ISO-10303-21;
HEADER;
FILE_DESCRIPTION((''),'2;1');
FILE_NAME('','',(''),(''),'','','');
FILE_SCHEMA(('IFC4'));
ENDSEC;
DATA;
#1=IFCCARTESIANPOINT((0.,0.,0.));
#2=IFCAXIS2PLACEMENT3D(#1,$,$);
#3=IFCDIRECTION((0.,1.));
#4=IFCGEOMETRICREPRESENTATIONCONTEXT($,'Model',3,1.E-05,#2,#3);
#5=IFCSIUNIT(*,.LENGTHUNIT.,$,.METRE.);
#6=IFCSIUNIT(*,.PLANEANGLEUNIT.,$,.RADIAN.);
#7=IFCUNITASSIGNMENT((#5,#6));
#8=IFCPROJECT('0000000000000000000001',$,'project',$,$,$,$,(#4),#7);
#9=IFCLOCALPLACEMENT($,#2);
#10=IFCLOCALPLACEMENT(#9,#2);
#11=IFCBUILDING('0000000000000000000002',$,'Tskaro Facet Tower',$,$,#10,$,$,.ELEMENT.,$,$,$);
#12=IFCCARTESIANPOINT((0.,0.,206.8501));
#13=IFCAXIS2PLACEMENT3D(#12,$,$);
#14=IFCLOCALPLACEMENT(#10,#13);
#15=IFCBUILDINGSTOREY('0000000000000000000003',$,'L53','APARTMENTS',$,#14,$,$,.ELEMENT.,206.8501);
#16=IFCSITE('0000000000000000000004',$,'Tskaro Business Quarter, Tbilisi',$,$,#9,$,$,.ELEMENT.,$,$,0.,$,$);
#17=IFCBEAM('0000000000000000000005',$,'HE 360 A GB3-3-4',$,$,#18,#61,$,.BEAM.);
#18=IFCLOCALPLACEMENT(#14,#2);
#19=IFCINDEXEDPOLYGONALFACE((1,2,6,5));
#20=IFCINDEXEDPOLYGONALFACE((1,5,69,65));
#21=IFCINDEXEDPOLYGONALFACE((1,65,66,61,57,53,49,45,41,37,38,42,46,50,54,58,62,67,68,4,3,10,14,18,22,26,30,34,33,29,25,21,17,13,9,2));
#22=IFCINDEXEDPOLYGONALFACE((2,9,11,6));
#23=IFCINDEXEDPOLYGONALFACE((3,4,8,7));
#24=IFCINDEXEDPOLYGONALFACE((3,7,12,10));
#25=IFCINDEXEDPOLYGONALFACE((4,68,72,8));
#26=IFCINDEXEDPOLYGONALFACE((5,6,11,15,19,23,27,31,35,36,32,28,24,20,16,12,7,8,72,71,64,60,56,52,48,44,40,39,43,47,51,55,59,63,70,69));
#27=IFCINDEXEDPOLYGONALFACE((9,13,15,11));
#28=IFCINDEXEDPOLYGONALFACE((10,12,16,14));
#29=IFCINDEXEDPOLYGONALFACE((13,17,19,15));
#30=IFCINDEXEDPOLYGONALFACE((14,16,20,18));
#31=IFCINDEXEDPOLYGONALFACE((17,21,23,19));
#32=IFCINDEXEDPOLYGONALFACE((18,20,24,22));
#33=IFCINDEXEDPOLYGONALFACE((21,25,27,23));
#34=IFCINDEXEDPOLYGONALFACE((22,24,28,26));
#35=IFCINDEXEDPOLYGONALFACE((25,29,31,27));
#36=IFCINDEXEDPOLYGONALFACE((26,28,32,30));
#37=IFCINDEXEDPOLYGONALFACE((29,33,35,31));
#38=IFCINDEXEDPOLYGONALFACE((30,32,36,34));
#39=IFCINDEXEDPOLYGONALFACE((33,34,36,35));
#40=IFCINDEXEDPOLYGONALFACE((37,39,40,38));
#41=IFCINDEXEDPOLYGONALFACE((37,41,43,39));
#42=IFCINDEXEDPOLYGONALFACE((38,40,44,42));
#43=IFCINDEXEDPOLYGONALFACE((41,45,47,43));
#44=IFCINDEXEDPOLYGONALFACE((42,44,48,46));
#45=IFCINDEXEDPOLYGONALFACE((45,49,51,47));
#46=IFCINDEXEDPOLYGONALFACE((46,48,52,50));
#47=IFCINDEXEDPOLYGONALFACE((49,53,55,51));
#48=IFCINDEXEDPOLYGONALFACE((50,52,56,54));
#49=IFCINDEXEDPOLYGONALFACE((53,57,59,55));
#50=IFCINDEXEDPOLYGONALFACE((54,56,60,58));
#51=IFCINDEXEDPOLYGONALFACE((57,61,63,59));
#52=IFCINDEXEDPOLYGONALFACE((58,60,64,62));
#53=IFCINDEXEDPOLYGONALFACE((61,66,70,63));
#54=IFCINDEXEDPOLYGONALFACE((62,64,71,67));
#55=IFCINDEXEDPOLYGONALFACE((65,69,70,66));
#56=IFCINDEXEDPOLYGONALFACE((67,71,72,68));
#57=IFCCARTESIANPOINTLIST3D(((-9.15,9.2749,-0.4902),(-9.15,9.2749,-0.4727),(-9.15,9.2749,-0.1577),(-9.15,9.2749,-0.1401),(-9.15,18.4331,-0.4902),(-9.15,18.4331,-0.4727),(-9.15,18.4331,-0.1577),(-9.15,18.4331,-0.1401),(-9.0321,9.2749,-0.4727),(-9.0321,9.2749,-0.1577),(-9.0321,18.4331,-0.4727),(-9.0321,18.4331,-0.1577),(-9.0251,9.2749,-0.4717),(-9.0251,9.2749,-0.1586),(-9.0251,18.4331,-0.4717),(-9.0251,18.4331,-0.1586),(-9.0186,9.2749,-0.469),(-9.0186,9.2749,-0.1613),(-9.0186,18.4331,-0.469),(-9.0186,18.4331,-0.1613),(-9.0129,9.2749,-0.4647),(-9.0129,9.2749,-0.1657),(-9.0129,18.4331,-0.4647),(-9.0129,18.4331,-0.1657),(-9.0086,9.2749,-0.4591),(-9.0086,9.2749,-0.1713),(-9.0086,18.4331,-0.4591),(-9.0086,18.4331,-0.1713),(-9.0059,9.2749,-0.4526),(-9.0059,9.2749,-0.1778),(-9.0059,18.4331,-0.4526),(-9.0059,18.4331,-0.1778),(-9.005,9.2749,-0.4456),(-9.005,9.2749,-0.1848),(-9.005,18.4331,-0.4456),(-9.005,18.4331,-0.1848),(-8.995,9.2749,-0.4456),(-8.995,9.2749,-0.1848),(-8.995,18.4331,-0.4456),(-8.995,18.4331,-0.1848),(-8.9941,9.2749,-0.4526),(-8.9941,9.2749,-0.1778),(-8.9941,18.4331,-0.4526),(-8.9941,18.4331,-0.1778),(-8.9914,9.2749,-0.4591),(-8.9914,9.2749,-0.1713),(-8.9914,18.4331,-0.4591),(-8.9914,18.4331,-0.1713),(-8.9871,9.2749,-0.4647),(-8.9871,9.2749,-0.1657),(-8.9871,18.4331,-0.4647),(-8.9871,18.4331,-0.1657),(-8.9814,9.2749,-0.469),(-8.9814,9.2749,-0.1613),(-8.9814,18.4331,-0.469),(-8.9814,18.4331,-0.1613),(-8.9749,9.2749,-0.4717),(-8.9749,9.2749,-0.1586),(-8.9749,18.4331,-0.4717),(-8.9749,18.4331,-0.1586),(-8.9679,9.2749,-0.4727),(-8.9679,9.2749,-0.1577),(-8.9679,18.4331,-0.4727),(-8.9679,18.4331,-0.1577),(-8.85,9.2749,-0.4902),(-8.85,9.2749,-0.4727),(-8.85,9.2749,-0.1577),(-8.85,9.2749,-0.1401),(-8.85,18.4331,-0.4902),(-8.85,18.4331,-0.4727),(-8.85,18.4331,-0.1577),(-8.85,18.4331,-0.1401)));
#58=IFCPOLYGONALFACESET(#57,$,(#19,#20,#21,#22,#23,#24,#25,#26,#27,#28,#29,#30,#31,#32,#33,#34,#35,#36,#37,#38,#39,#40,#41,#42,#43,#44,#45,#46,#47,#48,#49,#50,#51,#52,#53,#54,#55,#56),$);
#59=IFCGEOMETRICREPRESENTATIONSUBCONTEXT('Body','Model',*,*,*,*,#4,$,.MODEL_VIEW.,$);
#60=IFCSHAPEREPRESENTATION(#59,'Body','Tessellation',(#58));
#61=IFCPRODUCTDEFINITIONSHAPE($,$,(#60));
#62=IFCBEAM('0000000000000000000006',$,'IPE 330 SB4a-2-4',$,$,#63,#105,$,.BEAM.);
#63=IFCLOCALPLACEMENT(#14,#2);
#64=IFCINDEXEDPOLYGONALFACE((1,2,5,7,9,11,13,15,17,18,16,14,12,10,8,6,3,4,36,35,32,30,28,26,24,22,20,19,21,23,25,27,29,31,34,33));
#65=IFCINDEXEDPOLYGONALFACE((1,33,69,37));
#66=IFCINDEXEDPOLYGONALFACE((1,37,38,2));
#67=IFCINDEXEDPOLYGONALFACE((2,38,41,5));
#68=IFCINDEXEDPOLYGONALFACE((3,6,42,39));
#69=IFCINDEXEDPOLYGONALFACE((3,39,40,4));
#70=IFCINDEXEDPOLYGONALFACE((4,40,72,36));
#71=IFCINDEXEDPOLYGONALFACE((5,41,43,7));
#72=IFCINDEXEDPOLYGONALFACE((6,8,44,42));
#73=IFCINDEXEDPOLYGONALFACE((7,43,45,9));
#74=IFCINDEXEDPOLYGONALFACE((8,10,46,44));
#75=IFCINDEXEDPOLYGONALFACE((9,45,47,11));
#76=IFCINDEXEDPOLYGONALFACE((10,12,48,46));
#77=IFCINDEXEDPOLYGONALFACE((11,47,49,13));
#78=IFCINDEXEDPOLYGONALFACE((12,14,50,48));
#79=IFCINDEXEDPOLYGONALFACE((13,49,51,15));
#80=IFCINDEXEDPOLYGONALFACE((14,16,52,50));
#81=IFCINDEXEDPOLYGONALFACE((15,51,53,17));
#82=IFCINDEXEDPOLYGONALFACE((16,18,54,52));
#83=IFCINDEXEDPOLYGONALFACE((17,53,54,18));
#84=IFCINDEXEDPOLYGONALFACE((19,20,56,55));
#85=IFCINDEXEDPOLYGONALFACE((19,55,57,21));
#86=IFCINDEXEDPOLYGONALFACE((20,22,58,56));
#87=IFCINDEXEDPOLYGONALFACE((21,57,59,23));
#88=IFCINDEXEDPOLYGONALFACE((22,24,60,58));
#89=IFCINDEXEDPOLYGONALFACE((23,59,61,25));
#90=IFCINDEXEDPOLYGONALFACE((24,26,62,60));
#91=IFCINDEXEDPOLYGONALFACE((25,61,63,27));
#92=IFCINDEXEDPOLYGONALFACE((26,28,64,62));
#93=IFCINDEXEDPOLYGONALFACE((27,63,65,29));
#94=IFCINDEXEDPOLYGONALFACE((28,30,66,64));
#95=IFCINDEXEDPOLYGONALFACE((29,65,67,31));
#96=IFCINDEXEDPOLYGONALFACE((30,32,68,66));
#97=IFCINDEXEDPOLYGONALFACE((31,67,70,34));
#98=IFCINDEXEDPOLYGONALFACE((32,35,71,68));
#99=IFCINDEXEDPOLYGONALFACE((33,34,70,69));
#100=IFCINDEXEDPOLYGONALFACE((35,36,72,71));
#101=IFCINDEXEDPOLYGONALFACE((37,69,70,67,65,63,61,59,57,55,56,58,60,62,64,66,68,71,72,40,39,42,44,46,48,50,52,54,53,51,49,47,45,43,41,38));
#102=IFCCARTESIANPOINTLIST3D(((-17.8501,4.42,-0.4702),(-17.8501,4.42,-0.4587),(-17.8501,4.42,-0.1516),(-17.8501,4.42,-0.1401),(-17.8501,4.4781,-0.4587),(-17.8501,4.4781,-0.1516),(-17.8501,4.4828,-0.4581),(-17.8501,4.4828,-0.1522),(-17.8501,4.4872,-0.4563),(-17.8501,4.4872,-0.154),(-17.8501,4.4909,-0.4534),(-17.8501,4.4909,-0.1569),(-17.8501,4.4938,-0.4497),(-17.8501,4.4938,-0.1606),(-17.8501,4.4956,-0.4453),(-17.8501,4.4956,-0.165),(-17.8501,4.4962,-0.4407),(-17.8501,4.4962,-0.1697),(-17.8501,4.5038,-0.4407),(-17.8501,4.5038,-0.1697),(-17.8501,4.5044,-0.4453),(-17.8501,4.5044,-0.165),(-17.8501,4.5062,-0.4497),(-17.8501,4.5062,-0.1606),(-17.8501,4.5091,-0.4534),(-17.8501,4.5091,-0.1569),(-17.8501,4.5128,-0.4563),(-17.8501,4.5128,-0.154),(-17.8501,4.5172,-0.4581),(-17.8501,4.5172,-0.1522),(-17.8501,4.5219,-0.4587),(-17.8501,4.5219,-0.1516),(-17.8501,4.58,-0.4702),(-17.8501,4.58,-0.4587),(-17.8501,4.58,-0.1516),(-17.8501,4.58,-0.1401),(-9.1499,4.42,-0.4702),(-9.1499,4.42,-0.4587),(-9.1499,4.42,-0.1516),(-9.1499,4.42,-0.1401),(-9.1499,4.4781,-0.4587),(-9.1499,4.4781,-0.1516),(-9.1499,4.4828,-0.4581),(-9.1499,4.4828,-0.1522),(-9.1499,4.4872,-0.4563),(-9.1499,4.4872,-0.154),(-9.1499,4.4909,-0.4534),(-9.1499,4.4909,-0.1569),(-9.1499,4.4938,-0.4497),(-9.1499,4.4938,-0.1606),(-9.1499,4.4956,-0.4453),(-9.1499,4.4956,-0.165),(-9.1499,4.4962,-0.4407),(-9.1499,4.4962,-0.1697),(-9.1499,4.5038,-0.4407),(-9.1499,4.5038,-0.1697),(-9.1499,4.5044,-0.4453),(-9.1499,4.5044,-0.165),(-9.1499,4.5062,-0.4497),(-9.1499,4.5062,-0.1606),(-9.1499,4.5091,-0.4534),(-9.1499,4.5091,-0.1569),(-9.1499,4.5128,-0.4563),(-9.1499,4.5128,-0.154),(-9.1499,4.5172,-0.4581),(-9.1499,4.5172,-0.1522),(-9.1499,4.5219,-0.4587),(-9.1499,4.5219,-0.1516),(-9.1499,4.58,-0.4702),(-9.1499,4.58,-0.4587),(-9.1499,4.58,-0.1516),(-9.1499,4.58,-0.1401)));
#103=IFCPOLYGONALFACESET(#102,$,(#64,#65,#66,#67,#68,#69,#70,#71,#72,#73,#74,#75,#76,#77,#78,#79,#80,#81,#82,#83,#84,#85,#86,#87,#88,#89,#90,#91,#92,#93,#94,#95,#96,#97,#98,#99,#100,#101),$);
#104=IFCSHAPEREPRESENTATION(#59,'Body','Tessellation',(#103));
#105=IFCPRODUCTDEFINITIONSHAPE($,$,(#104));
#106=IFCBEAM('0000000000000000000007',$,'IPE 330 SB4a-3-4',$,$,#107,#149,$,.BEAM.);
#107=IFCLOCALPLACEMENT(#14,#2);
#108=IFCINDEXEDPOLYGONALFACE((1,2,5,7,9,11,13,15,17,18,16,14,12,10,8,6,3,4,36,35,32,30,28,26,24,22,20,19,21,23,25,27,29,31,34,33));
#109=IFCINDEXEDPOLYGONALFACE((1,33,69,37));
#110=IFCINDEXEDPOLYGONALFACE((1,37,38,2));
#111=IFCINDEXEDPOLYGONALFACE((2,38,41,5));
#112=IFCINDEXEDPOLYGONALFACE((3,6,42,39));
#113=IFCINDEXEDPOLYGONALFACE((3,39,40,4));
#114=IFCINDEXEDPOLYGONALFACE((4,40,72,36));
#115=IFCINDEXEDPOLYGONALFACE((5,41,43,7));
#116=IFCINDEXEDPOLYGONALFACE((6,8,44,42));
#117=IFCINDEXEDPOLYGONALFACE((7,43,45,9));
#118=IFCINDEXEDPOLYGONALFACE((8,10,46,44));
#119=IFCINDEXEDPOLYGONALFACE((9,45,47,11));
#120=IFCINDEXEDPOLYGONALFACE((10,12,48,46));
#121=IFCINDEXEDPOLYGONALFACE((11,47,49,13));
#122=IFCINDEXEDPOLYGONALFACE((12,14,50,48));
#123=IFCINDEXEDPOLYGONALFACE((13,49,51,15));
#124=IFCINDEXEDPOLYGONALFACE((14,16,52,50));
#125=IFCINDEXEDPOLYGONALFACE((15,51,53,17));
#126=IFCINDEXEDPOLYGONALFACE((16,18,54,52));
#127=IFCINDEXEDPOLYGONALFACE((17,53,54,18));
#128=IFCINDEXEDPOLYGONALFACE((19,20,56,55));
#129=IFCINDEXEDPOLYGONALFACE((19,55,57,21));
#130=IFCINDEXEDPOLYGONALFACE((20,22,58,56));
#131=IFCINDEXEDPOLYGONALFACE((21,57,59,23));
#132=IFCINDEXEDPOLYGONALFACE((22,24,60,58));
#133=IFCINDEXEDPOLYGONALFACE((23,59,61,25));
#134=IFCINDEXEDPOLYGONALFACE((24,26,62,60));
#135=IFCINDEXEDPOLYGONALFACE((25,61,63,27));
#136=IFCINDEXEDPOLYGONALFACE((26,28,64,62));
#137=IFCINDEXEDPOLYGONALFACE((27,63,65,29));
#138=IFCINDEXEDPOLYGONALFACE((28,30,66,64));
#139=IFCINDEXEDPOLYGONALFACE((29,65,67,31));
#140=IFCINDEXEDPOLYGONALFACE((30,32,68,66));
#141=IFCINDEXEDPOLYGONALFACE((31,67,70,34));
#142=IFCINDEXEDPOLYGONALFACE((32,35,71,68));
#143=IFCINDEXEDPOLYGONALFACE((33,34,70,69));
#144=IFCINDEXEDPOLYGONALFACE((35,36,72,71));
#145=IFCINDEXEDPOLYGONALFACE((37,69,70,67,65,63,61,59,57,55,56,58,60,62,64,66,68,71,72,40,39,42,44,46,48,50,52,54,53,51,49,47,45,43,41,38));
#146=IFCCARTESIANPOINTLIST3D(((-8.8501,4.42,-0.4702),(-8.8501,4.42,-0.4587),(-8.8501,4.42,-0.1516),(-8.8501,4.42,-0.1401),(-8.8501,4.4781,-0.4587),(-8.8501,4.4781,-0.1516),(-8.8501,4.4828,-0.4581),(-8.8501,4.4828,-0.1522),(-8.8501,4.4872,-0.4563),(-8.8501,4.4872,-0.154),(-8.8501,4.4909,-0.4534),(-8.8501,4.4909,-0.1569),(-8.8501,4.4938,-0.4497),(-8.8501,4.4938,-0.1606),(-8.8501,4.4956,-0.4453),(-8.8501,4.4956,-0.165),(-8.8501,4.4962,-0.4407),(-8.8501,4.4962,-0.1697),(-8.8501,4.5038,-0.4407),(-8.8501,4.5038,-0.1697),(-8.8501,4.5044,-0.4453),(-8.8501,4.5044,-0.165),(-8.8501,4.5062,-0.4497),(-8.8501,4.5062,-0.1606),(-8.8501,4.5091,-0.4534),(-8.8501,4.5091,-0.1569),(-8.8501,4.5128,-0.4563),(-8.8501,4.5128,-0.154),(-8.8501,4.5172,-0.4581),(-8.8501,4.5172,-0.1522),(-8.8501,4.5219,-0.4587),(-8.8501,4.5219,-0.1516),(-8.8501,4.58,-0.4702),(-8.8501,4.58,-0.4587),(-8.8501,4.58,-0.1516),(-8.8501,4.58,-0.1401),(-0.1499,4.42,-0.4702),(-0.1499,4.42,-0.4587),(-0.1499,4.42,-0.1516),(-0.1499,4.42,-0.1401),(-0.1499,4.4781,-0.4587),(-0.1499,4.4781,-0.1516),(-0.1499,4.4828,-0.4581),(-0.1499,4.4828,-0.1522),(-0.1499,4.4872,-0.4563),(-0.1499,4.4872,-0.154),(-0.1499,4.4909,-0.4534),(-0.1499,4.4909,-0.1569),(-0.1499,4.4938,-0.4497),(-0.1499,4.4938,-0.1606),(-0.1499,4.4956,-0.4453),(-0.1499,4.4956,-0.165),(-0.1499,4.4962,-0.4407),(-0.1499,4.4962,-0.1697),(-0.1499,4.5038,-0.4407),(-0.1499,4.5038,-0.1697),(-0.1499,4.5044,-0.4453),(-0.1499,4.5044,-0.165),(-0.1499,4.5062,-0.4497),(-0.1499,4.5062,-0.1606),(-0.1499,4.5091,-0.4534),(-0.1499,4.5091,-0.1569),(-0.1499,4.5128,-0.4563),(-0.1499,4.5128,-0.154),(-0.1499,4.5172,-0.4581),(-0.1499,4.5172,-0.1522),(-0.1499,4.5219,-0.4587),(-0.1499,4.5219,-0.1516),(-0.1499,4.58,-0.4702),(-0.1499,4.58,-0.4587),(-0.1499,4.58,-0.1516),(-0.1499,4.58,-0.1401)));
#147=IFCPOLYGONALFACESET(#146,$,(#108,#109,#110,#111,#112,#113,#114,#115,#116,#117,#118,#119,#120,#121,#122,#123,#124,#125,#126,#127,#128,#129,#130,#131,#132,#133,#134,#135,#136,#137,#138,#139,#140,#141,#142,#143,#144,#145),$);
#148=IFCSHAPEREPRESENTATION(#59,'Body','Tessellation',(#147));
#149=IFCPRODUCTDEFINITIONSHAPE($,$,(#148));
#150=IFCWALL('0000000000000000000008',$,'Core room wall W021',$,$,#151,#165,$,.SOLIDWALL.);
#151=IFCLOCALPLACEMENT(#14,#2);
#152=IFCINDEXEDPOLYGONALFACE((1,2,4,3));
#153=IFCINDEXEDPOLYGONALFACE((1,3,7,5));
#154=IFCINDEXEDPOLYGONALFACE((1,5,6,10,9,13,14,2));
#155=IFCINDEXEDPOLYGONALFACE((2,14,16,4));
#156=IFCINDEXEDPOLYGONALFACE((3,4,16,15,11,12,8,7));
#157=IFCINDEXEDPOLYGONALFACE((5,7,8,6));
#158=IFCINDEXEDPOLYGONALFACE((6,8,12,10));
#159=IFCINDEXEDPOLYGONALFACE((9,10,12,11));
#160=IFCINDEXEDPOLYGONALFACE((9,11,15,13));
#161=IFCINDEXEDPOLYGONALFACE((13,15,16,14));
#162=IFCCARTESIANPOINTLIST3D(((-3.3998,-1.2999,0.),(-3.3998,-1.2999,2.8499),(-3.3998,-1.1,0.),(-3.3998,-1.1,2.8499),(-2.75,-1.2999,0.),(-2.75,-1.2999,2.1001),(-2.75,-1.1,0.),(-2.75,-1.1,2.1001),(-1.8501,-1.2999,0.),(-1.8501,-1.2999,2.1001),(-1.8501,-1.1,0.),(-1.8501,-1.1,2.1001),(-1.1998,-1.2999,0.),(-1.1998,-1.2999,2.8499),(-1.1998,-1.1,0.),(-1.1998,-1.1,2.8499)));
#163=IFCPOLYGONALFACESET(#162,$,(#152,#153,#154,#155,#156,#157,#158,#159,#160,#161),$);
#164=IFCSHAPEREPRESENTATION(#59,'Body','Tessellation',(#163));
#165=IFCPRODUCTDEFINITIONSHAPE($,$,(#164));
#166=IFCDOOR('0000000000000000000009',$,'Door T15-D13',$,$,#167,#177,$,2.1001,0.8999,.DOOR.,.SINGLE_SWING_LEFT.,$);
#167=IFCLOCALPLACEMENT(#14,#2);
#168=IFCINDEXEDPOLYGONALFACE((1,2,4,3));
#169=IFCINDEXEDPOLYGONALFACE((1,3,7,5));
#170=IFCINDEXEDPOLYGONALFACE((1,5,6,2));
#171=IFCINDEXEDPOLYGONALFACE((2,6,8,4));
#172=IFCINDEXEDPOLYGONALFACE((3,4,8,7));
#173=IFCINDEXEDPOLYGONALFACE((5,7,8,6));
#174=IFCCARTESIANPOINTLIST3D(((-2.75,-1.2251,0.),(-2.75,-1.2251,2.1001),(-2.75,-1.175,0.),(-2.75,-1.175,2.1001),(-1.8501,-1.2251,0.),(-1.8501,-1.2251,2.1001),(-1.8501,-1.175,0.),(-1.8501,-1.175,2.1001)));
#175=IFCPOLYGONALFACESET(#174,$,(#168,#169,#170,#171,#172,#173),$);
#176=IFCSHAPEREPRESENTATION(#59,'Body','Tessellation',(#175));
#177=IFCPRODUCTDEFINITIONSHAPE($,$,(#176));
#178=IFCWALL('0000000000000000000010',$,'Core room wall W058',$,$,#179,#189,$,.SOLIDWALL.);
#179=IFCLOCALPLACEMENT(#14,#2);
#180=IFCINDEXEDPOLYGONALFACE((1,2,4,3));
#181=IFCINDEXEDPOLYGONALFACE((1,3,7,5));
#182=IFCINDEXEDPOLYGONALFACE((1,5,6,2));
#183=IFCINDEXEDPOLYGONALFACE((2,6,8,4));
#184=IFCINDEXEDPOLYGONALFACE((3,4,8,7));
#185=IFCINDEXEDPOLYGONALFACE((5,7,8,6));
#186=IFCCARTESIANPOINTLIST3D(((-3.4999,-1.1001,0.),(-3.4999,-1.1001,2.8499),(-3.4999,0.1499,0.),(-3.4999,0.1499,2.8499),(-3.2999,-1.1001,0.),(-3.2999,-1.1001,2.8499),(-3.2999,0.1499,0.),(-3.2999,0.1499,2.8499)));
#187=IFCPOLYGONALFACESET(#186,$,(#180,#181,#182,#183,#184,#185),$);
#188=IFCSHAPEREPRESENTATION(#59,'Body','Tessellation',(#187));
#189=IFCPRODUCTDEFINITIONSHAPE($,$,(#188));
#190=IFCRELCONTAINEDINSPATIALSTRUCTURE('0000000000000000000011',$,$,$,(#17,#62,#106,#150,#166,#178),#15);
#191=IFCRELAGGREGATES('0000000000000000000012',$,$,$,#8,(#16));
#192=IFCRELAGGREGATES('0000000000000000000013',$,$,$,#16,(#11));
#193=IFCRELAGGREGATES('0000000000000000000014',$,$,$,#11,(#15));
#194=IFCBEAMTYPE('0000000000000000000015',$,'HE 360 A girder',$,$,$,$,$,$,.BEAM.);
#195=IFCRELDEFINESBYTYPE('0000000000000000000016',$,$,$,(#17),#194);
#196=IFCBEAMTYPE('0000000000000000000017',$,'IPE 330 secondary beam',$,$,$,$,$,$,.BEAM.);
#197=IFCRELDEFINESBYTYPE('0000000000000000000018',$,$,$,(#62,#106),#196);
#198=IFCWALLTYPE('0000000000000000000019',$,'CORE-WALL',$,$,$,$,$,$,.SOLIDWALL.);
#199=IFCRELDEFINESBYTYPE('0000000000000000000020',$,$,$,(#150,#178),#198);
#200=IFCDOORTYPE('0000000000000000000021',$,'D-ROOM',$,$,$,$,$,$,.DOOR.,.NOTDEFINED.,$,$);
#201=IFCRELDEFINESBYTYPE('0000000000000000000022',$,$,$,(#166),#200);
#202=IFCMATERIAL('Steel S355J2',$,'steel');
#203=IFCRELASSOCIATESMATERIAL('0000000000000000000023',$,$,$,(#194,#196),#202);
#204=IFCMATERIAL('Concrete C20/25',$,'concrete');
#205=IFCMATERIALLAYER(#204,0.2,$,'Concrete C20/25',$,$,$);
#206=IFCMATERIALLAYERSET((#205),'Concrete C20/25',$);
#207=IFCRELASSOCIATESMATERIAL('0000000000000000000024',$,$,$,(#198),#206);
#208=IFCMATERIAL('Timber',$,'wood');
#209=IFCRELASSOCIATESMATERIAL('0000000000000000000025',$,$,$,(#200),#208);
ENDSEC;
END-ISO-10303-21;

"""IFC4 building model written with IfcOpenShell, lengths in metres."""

from ifc_helpers import new_model, si_unit, direction, frame, frame_2d, origin, origin_2d, place, context, subcontext, project, spatial, rectangle, i_section, extrude, material, layer, layer_set, material_profile, profile_set, type_object, element, fill, save


model = new_model("IFC4")

# Units and contexts
model_context = context("Model", 3, precision=1e-05, world=origin(), true_north=direction((0.0, 1.0)))
body_context = subcontext(model_context, "Body", "Model", "MODEL_VIEW")
ifc_project = project(units=[si_unit("LENGTHUNIT", "METRE"), si_unit("PLANEANGLEUNIT", "RADIAN")], contexts=[model_context])

# Site, building, storey
site_placement = place(None, origin())
site = spatial("IfcSite", under=ifc_project, at=site_placement, Name="Tskaro Business Quarter, Tbilisi", CompositionType="ELEMENT", RefElevation=0.0)
building_placement = place(site_placement, origin())
building = spatial("IfcBuilding", under=site, at=building_placement, Name="Tskaro Facet Tower", CompositionType="ELEMENT")
storey_placement = place(building_placement, frame((0.0, 0.0, 206.8501)))
storey = spatial("IfcBuildingStorey", under=building, at=storey_placement, Name="L53", Description="APARTMENTS", CompositionType="ELEMENT", Elevation=206.8501)

# Beams
ifc_material_1 = material(Name="Steel S355J2", Category="steel")
ifc_material_profile_1 = material_profile(ifc_material_1, i_section(OverallWidth=0.3, OverallDepth=0.3501, WebThickness=0.01, FlangeThickness=0.0176, FilletRadius=0.0271, at=origin_2d()), Name="HE 360 A")
ifc_profile_set_1 = profile_set([ifc_material_profile_1], Name="Steel S355J2")
beam_type_1 = type_object("IfcBeamType", Name="HE 360 A girder", PredefinedType="BEAM", material=ifc_profile_set_1)
beam_1_placement = place(storey_placement, frame((-9.0, 9.2749, -0.3152), z_axis=(0.0, 1.0, 0.0), x_axis=(-1.0, 0.0, 0.0)))
element("IfcBeam", 1, at=beam_1_placement, inside=storey, type_object=beam_type_1, Name="HE 360 A GB3-3-4", PredefinedType="BEAM", context=body_context, shape_type="SweptSolid", body=[
    extrude(i_section(OverallWidth=0.3, OverallDepth=0.3501, WebThickness=0.01, FlangeThickness=0.0176, FilletRadius=0.0271, at=origin_2d()), origin(), (0.0, 0.0, 1.0), 9.1582),
])
ifc_material_profile_2 = material_profile(ifc_material_1, i_section(OverallWidth=0.1599, OverallDepth=0.3301, WebThickness=0.0076, FlangeThickness=0.0115, FilletRadius=0.0181, at=origin_2d()), Name="IPE 330")
ifc_profile_set_2 = profile_set([ifc_material_profile_2], Name="Steel S355J2")
beam_type_2 = type_object("IfcBeamType", Name="IPE 330 secondary beam", PredefinedType="BEAM", material=ifc_profile_set_2)
for number, where, z_axis, x_axis, name in (
    (2, (-17.8501, 4.5, -0.3052), (1.0, 0.0, 0.0), (0.0, 1.0, 0.0), "IPE 330 SB4a-2-4"),
    (3, (-8.8501, 4.5, -0.3052), (1.0, 0.0, 0.0), (0.0, 1.0, 0.0), "IPE 330 SB4a-3-4"),
):
    element("IfcBeam", number, at=place(storey_placement, frame(where, z_axis=z_axis, x_axis=x_axis)), inside=storey, type_object=beam_type_2, Name=name, PredefinedType="BEAM", context=body_context, shape_type="SweptSolid", body=[
        extrude(i_section(OverallWidth=0.1599, OverallDepth=0.3301, WebThickness=0.0076, FlangeThickness=0.0115, FilletRadius=0.0181, at=origin_2d()), origin(), (0.0, 0.0, 1.0), 8.7002),
    ])

# Wall, opening, door
ifc_material_2 = material(Name="Concrete C20/25", Category="concrete")
ifc_layer_1 = layer(ifc_material_2, 0.2, Name="Concrete C20/25")
ifc_layer_set_1 = layer_set([ifc_layer_1], Name="Concrete C20/25")
wall_type_1 = type_object("IfcWallType", Name="CORE-WALL", PredefinedType="SOLIDWALL", material=ifc_layer_set_1)
wall_1_placement = place(storey_placement, frame((-3.3999, -1.2, 0.0), z_axis=(0.0, 0.0, 1.0), x_axis=(1.0, 0.0, 0.0)))
wall_1 = element("IfcWall", 4, at=wall_1_placement, inside=storey, type_object=wall_type_1, Name="Core room wall W021", PredefinedType="SOLIDWALL", context=body_context, shape_type="SweptSolid", body=[
    extrude(rectangle(XDim=2.2, YDim=0.2, at=frame_2d((1.1001, 0.0))), origin(), (0.0, 0.0, 1.0), 2.8499),
])
opening_1_placement = place(wall_1_placement, frame((0.6499, 0.0, 0.0)))
opening_1 = element("IfcOpeningElement", 5, at=opening_1_placement, cuts=wall_1, PredefinedType="OPENING", context=body_context, shape_type="SweptSolid", body=[
    extrude(rectangle(XDim=0.8999, YDim=2.1001, at=frame_2d((0.45, 1.05))), frame((0.0, 0.1099, 0.0), z_axis=(0.0, -1.0, 0.0), x_axis=(1.0, 0.0, 0.0)), (0.0, 0.0, 1.0), 0.22),
])
ifc_material_3 = material(Name="Timber", Category="wood")
door_type_1 = type_object("IfcDoorType", Name="D-ROOM", OperationType="NOTDEFINED", PredefinedType="DOOR", material=ifc_material_3)
door_1_placement = place(opening_1_placement, origin())
door_1 = element("IfcDoor", 6, at=door_1_placement, inside=storey, type_object=door_type_1, Name="Door T15-D13", OperationType="SINGLE_SWING_LEFT", OverallHeight=2.1001, OverallWidth=0.8999, PredefinedType="DOOR", context=body_context, shape_type="SweptSolid", body=[
    extrude(rectangle(XDim=0.8999, YDim=2.1001, at=frame_2d((0.45, 1.05))), frame((0.0, 0.0249, 0.0), z_axis=(0.0, -1.0, 0.0), x_axis=(1.0, 0.0, 0.0)), (0.0, 0.0, 1.0), 0.05),
])
fill(opening_1, door_1)

# Wall
wall_2_placement = place(storey_placement, frame((-3.3999, -1.1001, 0.0), z_axis=(0.0, 0.0, 1.0), x_axis=(0.0, 1.0, 0.0)))
element("IfcWall", 7, at=wall_2_placement, inside=storey, type_object=wall_type_1, Name="Core room wall W058", PredefinedType="SOLIDWALL", context=body_context, shape_type="SweptSolid", body=[
    extrude(rectangle(XDim=1.25, YDim=0.2, at=frame_2d((0.625, 0.0))), origin(), (0.0, 0.0, 1.0), 2.8499),
])

save(model, "model.ifc")
